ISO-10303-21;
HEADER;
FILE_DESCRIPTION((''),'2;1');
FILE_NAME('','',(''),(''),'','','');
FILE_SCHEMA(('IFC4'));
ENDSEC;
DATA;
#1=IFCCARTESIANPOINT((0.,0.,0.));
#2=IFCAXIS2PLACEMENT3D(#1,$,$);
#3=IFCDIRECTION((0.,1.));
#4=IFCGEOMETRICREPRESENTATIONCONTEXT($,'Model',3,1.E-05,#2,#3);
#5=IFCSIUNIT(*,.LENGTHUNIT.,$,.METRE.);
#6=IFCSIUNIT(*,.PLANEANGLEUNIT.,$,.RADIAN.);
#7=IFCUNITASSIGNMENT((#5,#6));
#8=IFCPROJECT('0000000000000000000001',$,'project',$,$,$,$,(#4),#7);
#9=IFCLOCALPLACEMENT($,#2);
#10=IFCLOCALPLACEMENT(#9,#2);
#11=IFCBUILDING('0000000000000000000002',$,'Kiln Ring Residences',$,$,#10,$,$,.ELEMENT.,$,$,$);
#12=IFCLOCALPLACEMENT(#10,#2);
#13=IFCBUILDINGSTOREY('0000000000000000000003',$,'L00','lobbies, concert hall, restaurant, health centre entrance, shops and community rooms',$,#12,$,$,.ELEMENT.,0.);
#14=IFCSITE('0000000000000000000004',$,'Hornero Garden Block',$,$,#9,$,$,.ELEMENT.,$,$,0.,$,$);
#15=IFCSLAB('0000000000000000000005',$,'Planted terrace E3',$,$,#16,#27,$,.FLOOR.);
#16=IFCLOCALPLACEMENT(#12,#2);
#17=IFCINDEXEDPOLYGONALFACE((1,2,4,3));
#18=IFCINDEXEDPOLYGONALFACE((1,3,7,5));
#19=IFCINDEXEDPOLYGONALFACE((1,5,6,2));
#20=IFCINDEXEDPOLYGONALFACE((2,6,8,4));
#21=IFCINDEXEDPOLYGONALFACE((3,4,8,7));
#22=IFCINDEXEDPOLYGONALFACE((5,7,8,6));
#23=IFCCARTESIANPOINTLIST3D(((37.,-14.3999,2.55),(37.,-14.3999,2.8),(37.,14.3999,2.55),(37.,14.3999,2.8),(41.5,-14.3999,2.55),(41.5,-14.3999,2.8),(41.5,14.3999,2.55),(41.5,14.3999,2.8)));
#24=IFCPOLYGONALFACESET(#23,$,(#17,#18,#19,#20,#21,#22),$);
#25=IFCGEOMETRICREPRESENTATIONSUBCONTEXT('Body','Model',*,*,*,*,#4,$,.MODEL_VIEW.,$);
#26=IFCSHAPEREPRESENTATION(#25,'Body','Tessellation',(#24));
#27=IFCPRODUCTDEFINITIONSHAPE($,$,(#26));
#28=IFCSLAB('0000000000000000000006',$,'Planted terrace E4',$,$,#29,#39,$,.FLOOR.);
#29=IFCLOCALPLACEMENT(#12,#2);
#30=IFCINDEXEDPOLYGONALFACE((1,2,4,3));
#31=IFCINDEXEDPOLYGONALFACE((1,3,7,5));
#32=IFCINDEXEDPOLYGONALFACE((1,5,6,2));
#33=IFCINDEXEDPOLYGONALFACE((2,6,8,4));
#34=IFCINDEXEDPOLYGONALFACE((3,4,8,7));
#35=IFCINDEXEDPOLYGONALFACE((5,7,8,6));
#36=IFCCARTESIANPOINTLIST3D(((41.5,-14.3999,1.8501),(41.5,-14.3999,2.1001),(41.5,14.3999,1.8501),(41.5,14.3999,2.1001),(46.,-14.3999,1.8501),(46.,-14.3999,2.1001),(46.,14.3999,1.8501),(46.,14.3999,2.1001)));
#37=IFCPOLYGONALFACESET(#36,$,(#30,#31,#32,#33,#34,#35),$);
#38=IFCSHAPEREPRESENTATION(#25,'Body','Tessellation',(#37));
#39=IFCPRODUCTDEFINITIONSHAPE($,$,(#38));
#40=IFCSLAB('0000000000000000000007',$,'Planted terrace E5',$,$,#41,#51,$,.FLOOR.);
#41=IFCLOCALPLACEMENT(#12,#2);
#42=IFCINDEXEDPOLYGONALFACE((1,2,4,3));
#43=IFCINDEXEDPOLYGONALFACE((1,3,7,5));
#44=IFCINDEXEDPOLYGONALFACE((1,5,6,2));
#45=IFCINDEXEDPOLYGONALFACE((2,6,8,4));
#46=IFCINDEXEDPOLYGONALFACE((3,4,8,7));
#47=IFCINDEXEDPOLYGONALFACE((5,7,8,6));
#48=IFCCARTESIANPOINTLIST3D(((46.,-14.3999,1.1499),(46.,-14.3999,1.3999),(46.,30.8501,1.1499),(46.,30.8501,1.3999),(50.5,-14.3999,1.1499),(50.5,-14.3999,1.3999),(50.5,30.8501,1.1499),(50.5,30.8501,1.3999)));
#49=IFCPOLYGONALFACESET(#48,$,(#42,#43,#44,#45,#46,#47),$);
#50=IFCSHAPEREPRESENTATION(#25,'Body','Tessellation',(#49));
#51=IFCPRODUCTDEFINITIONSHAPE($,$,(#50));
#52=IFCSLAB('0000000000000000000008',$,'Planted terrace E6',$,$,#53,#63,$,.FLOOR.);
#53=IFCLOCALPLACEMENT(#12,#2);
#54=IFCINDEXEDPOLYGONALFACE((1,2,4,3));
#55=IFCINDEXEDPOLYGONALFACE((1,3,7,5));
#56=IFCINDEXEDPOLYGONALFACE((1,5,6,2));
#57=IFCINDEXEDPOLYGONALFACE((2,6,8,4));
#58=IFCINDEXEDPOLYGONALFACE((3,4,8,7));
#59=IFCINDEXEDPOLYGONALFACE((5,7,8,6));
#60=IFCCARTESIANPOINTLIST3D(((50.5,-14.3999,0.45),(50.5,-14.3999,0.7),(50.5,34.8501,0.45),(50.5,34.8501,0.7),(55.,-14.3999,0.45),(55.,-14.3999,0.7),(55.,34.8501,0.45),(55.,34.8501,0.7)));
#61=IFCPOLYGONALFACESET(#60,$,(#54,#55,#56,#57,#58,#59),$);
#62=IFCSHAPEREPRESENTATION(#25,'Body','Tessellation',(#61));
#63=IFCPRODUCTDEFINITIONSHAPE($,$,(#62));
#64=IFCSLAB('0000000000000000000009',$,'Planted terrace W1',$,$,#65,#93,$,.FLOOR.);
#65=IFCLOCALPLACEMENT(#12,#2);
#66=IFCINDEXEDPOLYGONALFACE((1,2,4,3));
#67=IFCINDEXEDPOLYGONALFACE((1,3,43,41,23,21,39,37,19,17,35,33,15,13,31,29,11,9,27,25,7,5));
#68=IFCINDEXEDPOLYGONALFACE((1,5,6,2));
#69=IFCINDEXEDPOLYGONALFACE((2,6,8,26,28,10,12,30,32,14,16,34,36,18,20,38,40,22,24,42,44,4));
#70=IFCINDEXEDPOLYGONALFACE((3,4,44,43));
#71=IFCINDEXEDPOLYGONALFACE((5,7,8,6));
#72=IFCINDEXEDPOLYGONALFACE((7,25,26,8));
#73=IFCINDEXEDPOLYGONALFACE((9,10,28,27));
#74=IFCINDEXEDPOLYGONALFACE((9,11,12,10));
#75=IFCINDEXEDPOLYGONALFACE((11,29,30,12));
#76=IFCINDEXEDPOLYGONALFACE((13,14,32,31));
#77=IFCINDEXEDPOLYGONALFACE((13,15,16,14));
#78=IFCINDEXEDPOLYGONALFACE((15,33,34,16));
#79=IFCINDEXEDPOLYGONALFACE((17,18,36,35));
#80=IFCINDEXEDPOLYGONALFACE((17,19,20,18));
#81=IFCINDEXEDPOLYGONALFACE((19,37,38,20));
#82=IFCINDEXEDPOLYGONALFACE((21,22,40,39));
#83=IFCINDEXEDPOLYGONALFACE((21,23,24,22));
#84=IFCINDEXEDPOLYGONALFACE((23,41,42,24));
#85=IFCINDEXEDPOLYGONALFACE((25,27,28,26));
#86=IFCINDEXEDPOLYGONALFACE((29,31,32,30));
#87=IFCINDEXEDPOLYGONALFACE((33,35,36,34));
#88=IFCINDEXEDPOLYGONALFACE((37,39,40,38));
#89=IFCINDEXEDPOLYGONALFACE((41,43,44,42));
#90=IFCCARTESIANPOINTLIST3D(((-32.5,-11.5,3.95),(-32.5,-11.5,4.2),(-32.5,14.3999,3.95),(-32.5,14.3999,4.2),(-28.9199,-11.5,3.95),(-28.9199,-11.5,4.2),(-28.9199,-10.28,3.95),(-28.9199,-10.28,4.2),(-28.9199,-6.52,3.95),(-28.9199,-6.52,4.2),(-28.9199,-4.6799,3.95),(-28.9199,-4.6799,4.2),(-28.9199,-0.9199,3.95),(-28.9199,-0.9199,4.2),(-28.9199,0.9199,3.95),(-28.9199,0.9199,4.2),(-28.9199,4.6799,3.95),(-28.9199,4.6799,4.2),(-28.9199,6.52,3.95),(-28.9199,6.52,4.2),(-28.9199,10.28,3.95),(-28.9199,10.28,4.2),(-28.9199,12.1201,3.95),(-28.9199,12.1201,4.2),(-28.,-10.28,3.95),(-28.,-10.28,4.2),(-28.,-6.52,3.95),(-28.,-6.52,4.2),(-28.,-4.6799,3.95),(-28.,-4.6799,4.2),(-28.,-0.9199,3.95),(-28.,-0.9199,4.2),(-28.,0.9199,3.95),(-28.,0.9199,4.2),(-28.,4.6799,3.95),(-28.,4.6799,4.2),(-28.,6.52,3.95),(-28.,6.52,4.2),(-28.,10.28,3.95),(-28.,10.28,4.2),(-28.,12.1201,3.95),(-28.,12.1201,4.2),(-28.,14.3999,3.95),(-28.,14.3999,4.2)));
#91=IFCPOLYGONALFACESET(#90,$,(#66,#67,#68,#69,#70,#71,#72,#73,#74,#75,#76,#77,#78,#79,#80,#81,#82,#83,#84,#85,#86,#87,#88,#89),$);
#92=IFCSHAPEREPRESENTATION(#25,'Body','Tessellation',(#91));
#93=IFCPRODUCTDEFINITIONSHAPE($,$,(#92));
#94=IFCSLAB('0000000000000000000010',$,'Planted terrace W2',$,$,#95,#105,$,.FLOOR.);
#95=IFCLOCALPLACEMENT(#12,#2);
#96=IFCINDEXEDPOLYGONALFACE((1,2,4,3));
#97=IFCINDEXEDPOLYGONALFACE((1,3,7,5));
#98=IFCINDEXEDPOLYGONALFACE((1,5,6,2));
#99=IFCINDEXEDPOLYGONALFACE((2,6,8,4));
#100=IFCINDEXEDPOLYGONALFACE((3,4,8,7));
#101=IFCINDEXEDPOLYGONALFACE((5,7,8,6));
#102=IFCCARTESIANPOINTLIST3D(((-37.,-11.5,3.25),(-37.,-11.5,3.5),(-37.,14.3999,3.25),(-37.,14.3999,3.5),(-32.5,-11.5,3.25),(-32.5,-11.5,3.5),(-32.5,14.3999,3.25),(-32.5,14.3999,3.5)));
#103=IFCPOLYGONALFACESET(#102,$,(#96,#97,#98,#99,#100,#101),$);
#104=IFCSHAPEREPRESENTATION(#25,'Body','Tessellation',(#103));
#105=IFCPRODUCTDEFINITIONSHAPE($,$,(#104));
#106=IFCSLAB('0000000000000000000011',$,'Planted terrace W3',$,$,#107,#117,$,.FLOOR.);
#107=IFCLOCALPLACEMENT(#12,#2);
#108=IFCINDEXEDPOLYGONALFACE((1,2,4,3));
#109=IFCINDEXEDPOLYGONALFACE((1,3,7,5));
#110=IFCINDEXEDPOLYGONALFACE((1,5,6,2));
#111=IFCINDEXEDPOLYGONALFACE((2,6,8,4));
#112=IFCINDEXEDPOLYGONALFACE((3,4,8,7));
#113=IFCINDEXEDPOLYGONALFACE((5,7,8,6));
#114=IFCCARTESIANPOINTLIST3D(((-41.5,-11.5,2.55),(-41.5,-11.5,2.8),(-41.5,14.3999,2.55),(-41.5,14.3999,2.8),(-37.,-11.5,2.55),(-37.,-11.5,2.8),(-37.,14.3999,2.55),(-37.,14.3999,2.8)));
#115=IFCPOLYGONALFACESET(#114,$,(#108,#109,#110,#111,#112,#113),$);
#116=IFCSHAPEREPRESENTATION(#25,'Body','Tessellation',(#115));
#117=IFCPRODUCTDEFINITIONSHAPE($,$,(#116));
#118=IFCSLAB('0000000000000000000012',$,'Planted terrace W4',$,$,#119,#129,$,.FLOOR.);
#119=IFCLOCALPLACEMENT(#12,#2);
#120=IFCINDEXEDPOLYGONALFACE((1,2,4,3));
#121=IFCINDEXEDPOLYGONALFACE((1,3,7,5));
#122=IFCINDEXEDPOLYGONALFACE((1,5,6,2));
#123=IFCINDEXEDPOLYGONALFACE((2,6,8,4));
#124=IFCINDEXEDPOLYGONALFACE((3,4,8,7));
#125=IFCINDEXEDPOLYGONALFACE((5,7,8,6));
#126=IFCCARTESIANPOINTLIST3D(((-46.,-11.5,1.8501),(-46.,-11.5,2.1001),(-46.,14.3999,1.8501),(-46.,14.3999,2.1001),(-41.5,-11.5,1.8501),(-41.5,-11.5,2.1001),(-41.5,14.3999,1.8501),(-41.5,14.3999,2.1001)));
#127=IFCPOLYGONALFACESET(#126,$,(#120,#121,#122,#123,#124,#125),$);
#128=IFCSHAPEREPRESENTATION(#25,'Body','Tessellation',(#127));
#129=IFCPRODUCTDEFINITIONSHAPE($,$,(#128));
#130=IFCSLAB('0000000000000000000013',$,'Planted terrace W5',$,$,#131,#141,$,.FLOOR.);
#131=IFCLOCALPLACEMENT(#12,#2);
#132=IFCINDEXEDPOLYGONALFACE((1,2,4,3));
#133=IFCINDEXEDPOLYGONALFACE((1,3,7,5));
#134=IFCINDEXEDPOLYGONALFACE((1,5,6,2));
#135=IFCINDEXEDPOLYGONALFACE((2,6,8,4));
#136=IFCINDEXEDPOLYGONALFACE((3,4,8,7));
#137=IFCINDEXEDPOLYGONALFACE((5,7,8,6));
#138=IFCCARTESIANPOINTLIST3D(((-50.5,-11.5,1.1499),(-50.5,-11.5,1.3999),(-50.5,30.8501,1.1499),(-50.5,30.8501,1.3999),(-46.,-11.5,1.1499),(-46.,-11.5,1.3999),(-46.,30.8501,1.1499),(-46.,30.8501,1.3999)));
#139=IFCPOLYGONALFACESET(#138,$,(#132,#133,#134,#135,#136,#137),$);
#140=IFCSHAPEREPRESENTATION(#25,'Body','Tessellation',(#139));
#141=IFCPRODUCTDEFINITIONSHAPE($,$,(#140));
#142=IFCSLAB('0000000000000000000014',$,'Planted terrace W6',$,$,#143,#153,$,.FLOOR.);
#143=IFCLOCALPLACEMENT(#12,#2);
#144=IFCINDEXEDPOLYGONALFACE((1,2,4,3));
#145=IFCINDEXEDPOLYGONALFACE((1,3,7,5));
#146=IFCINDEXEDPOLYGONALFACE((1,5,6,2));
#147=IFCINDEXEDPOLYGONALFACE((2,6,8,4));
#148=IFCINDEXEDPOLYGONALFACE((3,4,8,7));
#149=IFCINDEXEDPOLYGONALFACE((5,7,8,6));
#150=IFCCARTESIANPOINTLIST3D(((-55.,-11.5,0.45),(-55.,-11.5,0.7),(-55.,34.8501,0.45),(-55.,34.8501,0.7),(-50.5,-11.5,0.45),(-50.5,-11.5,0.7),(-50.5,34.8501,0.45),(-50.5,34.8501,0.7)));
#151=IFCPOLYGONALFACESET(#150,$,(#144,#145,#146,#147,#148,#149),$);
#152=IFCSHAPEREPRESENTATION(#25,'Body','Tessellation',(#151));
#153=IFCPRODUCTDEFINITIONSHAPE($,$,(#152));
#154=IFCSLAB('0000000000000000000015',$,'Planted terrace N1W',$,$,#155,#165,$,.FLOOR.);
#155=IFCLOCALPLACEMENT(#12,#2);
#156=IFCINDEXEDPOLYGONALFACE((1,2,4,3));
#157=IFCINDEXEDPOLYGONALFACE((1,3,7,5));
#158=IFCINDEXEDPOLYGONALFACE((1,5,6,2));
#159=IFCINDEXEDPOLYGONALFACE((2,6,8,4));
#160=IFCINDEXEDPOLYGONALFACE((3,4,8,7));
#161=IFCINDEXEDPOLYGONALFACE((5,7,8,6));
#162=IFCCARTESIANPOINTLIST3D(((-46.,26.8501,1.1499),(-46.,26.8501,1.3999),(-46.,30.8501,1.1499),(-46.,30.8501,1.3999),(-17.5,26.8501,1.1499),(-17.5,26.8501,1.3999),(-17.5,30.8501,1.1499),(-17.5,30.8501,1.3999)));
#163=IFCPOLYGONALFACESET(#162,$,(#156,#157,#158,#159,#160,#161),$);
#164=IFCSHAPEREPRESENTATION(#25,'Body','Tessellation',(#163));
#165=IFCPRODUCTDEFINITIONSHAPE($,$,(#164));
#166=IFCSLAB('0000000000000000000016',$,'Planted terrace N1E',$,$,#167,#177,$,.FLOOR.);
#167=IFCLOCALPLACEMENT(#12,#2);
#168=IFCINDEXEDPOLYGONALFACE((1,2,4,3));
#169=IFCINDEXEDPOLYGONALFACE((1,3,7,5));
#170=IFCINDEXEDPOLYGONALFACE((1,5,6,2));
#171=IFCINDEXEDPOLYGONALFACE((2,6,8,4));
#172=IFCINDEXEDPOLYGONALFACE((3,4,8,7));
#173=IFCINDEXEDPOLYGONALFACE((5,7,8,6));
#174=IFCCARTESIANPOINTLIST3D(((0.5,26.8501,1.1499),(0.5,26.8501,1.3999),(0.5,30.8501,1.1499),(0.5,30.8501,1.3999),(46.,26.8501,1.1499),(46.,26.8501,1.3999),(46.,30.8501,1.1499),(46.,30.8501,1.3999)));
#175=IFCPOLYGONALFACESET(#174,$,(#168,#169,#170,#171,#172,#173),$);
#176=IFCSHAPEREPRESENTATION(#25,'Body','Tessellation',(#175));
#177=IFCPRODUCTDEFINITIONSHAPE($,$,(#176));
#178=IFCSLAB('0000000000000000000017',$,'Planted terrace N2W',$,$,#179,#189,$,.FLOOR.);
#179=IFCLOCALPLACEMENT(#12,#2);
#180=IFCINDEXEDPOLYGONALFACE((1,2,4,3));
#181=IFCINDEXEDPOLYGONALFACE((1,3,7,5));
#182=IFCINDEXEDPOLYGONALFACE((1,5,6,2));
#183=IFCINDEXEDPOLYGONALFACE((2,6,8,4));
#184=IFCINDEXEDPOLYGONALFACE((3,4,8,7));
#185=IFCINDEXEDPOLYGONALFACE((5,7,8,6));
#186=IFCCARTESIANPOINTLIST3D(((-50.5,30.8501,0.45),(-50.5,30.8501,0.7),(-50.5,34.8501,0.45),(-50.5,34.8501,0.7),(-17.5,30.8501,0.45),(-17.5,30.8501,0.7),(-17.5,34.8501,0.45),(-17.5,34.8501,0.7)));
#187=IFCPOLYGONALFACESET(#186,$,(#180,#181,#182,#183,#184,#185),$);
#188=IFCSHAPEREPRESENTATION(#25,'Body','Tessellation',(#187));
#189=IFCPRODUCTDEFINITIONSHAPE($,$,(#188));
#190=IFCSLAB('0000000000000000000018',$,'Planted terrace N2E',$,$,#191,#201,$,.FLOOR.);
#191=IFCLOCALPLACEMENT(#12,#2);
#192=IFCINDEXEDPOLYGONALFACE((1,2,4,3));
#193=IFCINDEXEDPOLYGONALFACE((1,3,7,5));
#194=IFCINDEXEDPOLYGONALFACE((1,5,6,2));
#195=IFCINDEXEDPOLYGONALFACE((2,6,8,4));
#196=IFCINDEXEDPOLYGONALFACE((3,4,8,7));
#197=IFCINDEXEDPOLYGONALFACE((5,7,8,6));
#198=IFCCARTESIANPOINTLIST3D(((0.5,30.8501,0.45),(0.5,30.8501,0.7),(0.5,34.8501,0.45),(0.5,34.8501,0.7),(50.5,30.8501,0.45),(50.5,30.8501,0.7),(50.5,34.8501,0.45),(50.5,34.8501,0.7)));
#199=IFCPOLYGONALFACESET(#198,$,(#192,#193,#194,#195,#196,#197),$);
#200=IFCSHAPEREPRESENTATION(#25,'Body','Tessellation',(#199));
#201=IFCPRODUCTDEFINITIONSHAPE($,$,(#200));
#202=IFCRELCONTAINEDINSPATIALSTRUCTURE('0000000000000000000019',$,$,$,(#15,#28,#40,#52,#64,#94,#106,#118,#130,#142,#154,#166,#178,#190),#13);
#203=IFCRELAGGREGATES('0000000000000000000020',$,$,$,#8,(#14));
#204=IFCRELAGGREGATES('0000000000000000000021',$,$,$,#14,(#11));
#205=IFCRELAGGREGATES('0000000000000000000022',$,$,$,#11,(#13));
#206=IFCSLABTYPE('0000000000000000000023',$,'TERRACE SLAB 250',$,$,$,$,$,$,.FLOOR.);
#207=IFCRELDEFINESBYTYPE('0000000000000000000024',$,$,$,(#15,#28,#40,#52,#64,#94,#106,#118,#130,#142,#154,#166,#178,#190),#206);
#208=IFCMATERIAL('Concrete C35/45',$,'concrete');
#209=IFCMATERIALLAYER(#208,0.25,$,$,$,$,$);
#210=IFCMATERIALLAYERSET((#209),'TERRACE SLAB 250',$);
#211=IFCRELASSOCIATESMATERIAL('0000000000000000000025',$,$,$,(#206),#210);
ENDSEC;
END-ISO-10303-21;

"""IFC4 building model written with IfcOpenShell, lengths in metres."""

from ifc_helpers import new_model, si_unit, direction, frame, origin, place, context, subcontext, project, spatial, polyline, outline, extrude, material, layer, layer_set, type_object, element, save


model = new_model("IFC4")

# Units and contexts
model_context = context("Model", 3, precision=1e-05, world=origin(), true_north=direction((0.0, 1.0)))
body_context = subcontext(model_context, "Body", "Model", "MODEL_VIEW")
ifc_project = project(units=[si_unit("LENGTHUNIT", "METRE"), si_unit("PLANEANGLEUNIT", "RADIAN")], contexts=[model_context])

# Site, building, storey
site_placement = place(None, origin())
site = spatial("IfcSite", under=ifc_project, at=site_placement, Name="Hornero Garden Block", CompositionType="ELEMENT", RefElevation=0.0)
building_placement = place(site_placement, origin())
building = spatial("IfcBuilding", under=site, at=building_placement, Name="Kiln Ring Residences", CompositionType="ELEMENT")
storey_placement = place(building_placement, origin())
storey = spatial("IfcBuildingStorey", under=building, at=storey_placement, Name="L00", Description="lobbies, concert hall, restaurant, health centre entrance, shops and community rooms", CompositionType="ELEMENT", Elevation=0.0)

# Slabs
ifc_material_1 = material(Name="Concrete C35/45", Category="concrete")
ifc_layer_1 = layer(ifc_material_1, 0.25)
ifc_layer_set_1 = layer_set([ifc_layer_1], Name="TERRACE SLAB 250")
slab_type_1 = type_object("IfcSlabType", Name="TERRACE SLAB 250", PredefinedType="FLOOR", material=ifc_layer_set_1)
placement_1 = place(storey_placement, frame((0.0, 0.0, 3.95)))
placement_2 = place(storey_placement, frame((0.0, 0.0, 3.25)))
placement_3 = place(storey_placement, frame((0.0, 0.0, 2.55)))
element("IfcSlab", 1, at=placement_3, inside=storey, type_object=slab_type_1, Name="Planted terrace E3", PredefinedType="FLOOR", context=body_context, shape_type="SweptSolid", body=[
    extrude(outline(polyline([(41.5, -14.3999), (41.5, 14.3999), (37.0, 14.3999), (37.0, -14.3999), (41.5, -14.3999)])), origin(), (0.0, 0.0, 1.0), 0.25),
])
placement_4 = place(storey_placement, frame((0.0, 0.0, 1.8501)))
element("IfcSlab", 2, at=placement_4, inside=storey, type_object=slab_type_1, Name="Planted terrace E4", PredefinedType="FLOOR", context=body_context, shape_type="SweptSolid", body=[
    extrude(outline(polyline([(46.0, -14.3999), (46.0, 14.3999), (41.5, 14.3999), (41.5, -14.3999), (46.0, -14.3999)])), origin(), (0.0, 0.0, 1.0), 0.25),
])
placement_5 = place(storey_placement, frame((0.0, 0.0, 1.1499)))
element("IfcSlab", 3, at=placement_5, inside=storey, type_object=slab_type_1, Name="Planted terrace E5", PredefinedType="FLOOR", context=body_context, shape_type="SweptSolid", body=[
    extrude(outline(polyline([(50.5, -14.3999), (50.5, 30.8501), (46.0, 30.8501), (46.0, -14.3999), (50.5, -14.3999)])), origin(), (0.0, 0.0, 1.0), 0.25),
])
placement_6 = place(storey_placement, frame((0.0, 0.0, 0.45)))
element("IfcSlab", 4, at=placement_6, inside=storey, type_object=slab_type_1, Name="Planted terrace E6", PredefinedType="FLOOR", context=body_context, shape_type="SweptSolid", body=[
    extrude(outline(polyline([(55.0, -14.3999), (55.0, 34.8501), (50.5, 34.8501), (50.5, -14.3999), (55.0, -14.3999)])), origin(), (0.0, 0.0, 1.0), 0.25),
])
element("IfcSlab", 5, at=placement_1, inside=storey, type_object=slab_type_1, Name="Planted terrace W1", PredefinedType="FLOOR", context=body_context, shape_type="SweptSolid", body=[
    extrude(outline(polyline([(-28.0, -10.28), (-28.0, -6.52), (-28.9199, -6.52), (-28.9199, -4.6799), (-28.0, -4.6799), (-28.0, -0.9199), (-28.9199, -0.9199), (-28.9199, 0.9199), (-28.0, 0.9199), (-28.0, 4.6799), (-28.9199, 4.6799), (-28.9199, 6.52), (-28.0, 6.52), (-28.0, 10.28), (-28.9199, 10.28), (-28.9199, 12.1201), (-28.0, 12.1201), (-28.0, 14.3999), (-32.5, 14.3999), (-32.5, -11.5), (-28.9199, -11.5), (-28.9199, -10.28), (-28.0, -10.28)])), origin(), (0.0, 0.0, 1.0), 0.25),
])
element("IfcSlab", 6, at=placement_2, inside=storey, type_object=slab_type_1, Name="Planted terrace W2", PredefinedType="FLOOR", context=body_context, shape_type="SweptSolid", body=[
    extrude(outline(polyline([(-32.5, -11.5), (-32.5, 14.3999), (-37.0, 14.3999), (-37.0, -11.5), (-32.5, -11.5)])), origin(), (0.0, 0.0, 1.0), 0.25),
])
element("IfcSlab", 7, at=placement_3, inside=storey, type_object=slab_type_1, Name="Planted terrace W3", PredefinedType="FLOOR", context=body_context, shape_type="SweptSolid", body=[
    extrude(outline(polyline([(-37.0, -11.5), (-37.0, 14.3999), (-41.5, 14.3999), (-41.5, -11.5), (-37.0, -11.5)])), origin(), (0.0, 0.0, 1.0), 0.25),
])
element("IfcSlab", 8, at=placement_4, inside=storey, type_object=slab_type_1, Name="Planted terrace W4", PredefinedType="FLOOR", context=body_context, shape_type="SweptSolid", body=[
    extrude(outline(polyline([(-41.5, -11.5), (-41.5, 14.3999), (-46.0, 14.3999), (-46.0, -11.5), (-41.5, -11.5)])), origin(), (0.0, 0.0, 1.0), 0.25),
])
element("IfcSlab", 9, at=placement_5, inside=storey, type_object=slab_type_1, Name="Planted terrace W5", PredefinedType="FLOOR", context=body_context, shape_type="SweptSolid", body=[
    extrude(outline(polyline([(-46.0, -11.5), (-46.0, 30.8501), (-50.5, 30.8501), (-50.5, -11.5), (-46.0, -11.5)])), origin(), (0.0, 0.0, 1.0), 0.25),
])
element("IfcSlab", 10, at=placement_6, inside=storey, type_object=slab_type_1, Name="Planted terrace W6", PredefinedType="FLOOR", context=body_context, shape_type="SweptSolid", body=[
    extrude(outline(polyline([(-50.5, -11.5), (-50.5, 34.8501), (-55.0, 34.8501), (-55.0, -11.5), (-50.5, -11.5)])), origin(), (0.0, 0.0, 1.0), 0.25),
])
element("IfcSlab", 11, at=placement_5, inside=storey, type_object=slab_type_1, Name="Planted terrace N1W", PredefinedType="FLOOR", context=body_context, shape_type="SweptSolid", body=[
    extrude(outline(polyline([(-17.5, 26.8501), (-17.5, 30.8501), (-46.0, 30.8501), (-46.0, 26.8501), (-17.5, 26.8501)])), origin(), (0.0, 0.0, 1.0), 0.25),
])
element("IfcSlab", 12, at=placement_5, inside=storey, type_object=slab_type_1, Name="Planted terrace N1E", PredefinedType="FLOOR", context=body_context, shape_type="SweptSolid", body=[
    extrude(outline(polyline([(46.0, 26.8501), (46.0, 30.8501), (0.5, 30.8501), (0.5, 26.8501), (46.0, 26.8501)])), origin(), (0.0, 0.0, 1.0), 0.25),
])
element("IfcSlab", 13, at=placement_6, inside=storey, type_object=slab_type_1, Name="Planted terrace N2W", PredefinedType="FLOOR", context=body_context, shape_type="SweptSolid", body=[
    extrude(outline(polyline([(-17.5, 30.8501), (-17.5, 34.8501), (-50.5, 34.8501), (-50.5, 30.8501), (-17.5, 30.8501)])), origin(), (0.0, 0.0, 1.0), 0.25),
])
element("IfcSlab", 14, at=placement_6, inside=storey, type_object=slab_type_1, Name="Planted terrace N2E", PredefinedType="FLOOR", context=body_context, shape_type="SweptSolid", body=[
    extrude(outline(polyline([(50.5, 30.8501), (50.5, 34.8501), (0.5, 34.8501), (0.5, 30.8501), (50.5, 30.8501)])), origin(), (0.0, 0.0, 1.0), 0.25),
])

save(model, "model.ifc")
